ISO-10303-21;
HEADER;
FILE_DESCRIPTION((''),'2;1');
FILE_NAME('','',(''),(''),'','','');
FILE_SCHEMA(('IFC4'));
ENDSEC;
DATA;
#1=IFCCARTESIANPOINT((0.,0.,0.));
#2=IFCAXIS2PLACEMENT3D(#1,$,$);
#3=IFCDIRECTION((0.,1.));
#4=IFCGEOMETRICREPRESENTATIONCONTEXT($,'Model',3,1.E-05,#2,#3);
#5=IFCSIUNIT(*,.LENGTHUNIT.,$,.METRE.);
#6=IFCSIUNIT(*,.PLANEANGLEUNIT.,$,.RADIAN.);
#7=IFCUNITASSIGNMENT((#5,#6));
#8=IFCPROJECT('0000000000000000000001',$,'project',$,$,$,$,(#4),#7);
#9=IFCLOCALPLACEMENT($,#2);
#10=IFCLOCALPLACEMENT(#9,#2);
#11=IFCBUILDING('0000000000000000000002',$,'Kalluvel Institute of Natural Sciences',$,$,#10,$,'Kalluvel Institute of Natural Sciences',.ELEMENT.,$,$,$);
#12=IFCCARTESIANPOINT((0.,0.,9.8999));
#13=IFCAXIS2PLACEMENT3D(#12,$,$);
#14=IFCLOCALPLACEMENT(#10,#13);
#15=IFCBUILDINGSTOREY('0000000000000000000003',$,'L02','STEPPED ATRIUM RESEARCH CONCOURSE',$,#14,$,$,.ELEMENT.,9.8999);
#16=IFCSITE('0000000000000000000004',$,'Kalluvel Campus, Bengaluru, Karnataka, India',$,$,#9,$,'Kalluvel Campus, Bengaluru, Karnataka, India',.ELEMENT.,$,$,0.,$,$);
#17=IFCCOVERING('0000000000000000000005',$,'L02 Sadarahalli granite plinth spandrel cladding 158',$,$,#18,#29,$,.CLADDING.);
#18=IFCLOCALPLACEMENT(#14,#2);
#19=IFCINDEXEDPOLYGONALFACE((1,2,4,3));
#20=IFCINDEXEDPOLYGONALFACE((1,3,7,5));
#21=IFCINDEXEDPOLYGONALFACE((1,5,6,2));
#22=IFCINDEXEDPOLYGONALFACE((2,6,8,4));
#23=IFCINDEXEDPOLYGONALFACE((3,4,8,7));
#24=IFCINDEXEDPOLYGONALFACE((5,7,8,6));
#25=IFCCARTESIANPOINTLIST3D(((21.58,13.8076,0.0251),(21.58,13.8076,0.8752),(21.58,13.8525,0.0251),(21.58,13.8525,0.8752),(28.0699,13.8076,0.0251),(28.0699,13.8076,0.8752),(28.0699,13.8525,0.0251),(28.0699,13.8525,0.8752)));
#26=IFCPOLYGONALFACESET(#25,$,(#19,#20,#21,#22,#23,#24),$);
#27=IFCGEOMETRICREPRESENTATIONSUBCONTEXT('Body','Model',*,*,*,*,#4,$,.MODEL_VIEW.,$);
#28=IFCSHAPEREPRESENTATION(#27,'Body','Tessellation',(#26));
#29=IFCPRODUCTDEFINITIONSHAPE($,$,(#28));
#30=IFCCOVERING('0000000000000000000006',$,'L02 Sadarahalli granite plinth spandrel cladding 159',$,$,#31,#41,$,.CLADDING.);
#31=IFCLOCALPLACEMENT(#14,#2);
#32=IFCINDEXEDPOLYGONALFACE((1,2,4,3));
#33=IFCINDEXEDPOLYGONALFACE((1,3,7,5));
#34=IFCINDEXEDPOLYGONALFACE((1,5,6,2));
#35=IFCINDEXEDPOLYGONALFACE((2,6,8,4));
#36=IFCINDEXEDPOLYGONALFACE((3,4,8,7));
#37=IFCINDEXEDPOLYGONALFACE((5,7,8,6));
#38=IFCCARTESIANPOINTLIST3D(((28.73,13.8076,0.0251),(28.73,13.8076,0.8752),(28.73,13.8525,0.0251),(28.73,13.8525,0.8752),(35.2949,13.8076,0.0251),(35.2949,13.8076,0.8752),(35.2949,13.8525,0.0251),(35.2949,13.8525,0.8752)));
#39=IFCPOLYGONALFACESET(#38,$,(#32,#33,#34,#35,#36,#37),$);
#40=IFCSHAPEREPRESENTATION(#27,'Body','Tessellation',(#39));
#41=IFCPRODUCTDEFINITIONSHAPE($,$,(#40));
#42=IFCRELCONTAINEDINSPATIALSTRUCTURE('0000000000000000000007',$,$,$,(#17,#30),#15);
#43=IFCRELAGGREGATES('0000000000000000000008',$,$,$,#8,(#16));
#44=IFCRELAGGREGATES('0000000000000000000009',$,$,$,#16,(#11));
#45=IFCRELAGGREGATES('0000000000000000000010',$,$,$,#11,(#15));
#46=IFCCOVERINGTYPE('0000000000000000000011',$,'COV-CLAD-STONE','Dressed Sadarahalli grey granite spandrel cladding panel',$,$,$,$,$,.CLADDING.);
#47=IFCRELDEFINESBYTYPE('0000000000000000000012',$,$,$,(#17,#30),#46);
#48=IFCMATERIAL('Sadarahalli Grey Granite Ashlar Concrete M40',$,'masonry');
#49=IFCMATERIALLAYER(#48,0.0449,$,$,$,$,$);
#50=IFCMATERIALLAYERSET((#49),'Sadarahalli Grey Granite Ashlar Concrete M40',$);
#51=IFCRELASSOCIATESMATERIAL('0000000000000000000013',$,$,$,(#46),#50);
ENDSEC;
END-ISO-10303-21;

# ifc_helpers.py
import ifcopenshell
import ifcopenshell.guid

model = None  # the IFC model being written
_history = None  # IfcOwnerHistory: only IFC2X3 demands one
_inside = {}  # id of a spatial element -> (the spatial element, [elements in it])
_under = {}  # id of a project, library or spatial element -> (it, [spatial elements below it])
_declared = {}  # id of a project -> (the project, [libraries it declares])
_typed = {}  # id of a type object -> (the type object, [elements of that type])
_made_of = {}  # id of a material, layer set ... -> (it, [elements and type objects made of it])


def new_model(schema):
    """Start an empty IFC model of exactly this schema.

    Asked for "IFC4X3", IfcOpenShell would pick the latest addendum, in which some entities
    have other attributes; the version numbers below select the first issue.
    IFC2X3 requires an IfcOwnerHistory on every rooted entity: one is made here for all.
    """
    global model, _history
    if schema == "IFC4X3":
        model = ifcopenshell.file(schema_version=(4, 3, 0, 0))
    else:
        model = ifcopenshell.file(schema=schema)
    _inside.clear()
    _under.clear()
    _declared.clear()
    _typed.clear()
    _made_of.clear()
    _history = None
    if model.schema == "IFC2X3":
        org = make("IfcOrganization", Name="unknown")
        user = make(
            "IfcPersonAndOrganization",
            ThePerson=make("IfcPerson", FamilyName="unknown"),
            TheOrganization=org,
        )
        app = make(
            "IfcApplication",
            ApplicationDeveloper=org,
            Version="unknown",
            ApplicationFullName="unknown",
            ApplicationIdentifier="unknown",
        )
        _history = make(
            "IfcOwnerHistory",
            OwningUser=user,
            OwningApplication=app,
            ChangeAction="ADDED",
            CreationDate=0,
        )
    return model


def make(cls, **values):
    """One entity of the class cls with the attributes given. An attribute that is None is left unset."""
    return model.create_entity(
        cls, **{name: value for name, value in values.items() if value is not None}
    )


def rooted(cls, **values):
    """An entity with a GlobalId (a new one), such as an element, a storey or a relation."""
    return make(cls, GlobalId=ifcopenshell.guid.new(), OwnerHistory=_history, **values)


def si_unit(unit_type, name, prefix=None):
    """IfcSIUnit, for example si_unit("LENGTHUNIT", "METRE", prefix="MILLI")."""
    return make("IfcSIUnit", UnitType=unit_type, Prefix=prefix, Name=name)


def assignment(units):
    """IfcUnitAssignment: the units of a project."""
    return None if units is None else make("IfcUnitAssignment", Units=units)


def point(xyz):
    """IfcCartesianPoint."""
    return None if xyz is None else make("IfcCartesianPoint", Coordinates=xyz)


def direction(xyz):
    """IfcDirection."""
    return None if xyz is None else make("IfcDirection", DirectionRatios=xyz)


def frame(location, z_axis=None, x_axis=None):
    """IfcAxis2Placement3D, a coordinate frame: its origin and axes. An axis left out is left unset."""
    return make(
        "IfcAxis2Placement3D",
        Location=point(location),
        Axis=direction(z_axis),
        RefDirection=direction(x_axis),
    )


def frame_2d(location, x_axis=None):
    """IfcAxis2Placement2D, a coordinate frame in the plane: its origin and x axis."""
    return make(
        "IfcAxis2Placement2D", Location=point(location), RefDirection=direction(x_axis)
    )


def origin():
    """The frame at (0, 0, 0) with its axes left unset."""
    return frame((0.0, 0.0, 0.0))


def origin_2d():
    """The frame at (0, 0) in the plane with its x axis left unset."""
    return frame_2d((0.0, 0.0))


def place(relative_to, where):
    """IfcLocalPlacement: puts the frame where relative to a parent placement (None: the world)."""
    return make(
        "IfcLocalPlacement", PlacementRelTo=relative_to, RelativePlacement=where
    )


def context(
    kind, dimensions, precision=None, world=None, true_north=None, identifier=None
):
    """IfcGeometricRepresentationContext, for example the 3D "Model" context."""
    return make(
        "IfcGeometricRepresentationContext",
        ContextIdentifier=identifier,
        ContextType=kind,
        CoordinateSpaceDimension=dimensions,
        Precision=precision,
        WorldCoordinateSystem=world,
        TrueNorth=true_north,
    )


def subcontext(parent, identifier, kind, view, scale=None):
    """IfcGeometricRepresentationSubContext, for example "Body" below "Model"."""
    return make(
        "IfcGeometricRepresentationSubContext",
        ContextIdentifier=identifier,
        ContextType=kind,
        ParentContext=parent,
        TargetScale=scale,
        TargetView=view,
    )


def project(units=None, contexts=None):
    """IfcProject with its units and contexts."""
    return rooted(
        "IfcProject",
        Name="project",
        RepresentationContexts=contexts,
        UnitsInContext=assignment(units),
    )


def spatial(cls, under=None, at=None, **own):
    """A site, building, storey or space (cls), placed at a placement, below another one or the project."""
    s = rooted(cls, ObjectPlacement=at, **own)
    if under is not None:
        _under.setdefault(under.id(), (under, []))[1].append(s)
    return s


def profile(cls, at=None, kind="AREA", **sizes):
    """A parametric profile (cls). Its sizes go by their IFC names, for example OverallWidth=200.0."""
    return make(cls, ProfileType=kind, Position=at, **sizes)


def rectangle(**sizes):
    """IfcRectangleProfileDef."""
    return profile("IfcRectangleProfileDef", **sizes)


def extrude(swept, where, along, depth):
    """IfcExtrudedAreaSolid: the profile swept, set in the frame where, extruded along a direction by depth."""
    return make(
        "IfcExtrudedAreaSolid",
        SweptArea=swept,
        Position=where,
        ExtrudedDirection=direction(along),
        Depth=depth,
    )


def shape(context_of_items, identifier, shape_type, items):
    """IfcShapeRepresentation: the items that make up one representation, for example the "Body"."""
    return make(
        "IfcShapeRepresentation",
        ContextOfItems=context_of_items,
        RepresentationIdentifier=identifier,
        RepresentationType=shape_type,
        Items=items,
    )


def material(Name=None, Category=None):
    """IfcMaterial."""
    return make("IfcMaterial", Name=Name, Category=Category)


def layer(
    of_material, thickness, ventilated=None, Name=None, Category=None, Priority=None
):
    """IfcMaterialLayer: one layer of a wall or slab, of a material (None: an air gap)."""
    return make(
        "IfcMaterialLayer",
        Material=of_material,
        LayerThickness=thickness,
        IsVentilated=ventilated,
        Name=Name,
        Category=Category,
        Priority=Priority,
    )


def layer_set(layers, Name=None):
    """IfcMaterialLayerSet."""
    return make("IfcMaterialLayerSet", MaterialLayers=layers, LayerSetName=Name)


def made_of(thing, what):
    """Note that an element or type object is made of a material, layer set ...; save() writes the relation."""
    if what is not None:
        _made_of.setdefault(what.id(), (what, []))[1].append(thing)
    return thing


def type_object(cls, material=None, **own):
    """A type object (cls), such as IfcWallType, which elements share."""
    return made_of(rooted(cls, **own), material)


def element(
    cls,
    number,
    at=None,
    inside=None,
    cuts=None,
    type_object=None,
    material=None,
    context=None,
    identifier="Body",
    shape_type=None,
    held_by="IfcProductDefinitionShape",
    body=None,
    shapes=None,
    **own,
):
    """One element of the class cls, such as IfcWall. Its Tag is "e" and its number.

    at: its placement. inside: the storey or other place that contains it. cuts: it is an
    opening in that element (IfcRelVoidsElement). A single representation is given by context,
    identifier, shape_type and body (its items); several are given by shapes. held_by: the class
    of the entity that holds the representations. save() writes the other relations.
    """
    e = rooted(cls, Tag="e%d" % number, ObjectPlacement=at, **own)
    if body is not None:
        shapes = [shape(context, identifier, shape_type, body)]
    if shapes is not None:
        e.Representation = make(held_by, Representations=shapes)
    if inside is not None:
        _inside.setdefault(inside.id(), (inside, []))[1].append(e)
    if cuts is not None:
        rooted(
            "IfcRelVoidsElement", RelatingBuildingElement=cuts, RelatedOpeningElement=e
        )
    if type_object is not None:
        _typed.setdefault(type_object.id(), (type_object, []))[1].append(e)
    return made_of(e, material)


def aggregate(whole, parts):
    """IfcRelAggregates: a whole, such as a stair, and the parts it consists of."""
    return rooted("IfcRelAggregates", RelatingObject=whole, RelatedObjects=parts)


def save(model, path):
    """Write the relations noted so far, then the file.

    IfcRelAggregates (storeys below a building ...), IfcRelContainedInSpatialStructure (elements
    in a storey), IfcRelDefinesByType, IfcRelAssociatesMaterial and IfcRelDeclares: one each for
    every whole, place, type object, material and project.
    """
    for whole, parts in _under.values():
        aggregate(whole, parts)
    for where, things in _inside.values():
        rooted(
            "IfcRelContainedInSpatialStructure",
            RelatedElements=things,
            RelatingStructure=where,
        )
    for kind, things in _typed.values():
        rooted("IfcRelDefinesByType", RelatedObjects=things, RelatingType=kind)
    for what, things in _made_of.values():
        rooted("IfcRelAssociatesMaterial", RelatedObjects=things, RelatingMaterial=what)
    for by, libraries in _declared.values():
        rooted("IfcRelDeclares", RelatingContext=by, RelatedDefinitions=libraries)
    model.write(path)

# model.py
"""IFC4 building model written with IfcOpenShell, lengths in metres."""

from ifc_helpers import new_model, si_unit, direction, frame, origin, origin_2d, place, context, subcontext, project, spatial, rectangle, extrude, material, layer, layer_set, type_object, element, save


model = new_model("IFC4")

# Units and contexts
model_context = context("Model", 3, precision=1e-05, world=origin(), true_north=direction((0.0, 1.0)))
body_context = subcontext(model_context, "Body", "Model", "MODEL_VIEW")
ifc_project = project(units=[si_unit("LENGTHUNIT", "METRE"), si_unit("PLANEANGLEUNIT", "RADIAN")], contexts=[model_context])

# Site, building, storey
site_placement = place(None, origin())
site = spatial("IfcSite", under=ifc_project, at=site_placement, Name="Kalluvel Campus, Bengaluru, Karnataka, India", LongName="Kalluvel Campus, Bengaluru, Karnataka, India", CompositionType="ELEMENT", RefElevation=0.0)
building_placement = place(site_placement, origin())
building = spatial("IfcBuilding", under=site, at=building_placement, Name="Kalluvel Institute of Natural Sciences", LongName="Kalluvel Institute of Natural Sciences", CompositionType="ELEMENT")
storey_placement = place(building_placement, frame((0.0, 0.0, 9.8999)))
storey = spatial("IfcBuildingStorey", under=building, at=storey_placement, Name="L02", Description="STEPPED ATRIUM RESEARCH CONCOURSE", CompositionType="ELEMENT", Elevation=9.8999)

# Shared definitions
ifc_material_1 = material(Name="Sadarahalli Grey Granite Ashlar Concrete M40", Category="masonry")

# Coverings
ifc_layer_1 = layer(ifc_material_1, 0.0449)
ifc_layer_set_1 = layer_set([ifc_layer_1], Name="Sadarahalli Grey Granite Ashlar Concrete M40")
covering_type = type_object("IfcCoveringType", Name="COV-CLAD-STONE", Description="Dressed Sadarahalli grey granite spandrel cladding panel", PredefinedType="CLADDING", material=ifc_layer_set_1)
covering_1_placement = place(storey_placement, frame((24.825, 13.8301, 0.0251), z_axis=(0.0, 0.0, 1.0), x_axis=(1.0, 0.0, 0.0)))
element("IfcCovering", 1, at=covering_1_placement, inside=storey, type_object=covering_type, Name="L02 Sadarahalli granite plinth spandrel cladding 158", PredefinedType="CLADDING", context=body_context, shape_type="SweptSolid", body=[
    extrude(rectangle(XDim=6.49, YDim=0.0449, at=origin_2d()), origin(), (0.0, 0.0, 1.0), 0.8501),
])
covering_2_placement = place(storey_placement, frame((32.0125, 13.8301, 0.0251), z_axis=(0.0, 0.0, 1.0), x_axis=(1.0, 0.0, 0.0)))
element("IfcCovering", 2, at=covering_2_placement, inside=storey, type_object=covering_type, Name="L02 Sadarahalli granite plinth spandrel cladding 159", PredefinedType="CLADDING", context=body_context, shape_type="SweptSolid", body=[
    extrude(rectangle(XDim=6.5649, YDim=0.0449, at=origin_2d()), origin(), (0.0, 0.0, 1.0), 0.8501),
])

save(model, "model.ifc")
